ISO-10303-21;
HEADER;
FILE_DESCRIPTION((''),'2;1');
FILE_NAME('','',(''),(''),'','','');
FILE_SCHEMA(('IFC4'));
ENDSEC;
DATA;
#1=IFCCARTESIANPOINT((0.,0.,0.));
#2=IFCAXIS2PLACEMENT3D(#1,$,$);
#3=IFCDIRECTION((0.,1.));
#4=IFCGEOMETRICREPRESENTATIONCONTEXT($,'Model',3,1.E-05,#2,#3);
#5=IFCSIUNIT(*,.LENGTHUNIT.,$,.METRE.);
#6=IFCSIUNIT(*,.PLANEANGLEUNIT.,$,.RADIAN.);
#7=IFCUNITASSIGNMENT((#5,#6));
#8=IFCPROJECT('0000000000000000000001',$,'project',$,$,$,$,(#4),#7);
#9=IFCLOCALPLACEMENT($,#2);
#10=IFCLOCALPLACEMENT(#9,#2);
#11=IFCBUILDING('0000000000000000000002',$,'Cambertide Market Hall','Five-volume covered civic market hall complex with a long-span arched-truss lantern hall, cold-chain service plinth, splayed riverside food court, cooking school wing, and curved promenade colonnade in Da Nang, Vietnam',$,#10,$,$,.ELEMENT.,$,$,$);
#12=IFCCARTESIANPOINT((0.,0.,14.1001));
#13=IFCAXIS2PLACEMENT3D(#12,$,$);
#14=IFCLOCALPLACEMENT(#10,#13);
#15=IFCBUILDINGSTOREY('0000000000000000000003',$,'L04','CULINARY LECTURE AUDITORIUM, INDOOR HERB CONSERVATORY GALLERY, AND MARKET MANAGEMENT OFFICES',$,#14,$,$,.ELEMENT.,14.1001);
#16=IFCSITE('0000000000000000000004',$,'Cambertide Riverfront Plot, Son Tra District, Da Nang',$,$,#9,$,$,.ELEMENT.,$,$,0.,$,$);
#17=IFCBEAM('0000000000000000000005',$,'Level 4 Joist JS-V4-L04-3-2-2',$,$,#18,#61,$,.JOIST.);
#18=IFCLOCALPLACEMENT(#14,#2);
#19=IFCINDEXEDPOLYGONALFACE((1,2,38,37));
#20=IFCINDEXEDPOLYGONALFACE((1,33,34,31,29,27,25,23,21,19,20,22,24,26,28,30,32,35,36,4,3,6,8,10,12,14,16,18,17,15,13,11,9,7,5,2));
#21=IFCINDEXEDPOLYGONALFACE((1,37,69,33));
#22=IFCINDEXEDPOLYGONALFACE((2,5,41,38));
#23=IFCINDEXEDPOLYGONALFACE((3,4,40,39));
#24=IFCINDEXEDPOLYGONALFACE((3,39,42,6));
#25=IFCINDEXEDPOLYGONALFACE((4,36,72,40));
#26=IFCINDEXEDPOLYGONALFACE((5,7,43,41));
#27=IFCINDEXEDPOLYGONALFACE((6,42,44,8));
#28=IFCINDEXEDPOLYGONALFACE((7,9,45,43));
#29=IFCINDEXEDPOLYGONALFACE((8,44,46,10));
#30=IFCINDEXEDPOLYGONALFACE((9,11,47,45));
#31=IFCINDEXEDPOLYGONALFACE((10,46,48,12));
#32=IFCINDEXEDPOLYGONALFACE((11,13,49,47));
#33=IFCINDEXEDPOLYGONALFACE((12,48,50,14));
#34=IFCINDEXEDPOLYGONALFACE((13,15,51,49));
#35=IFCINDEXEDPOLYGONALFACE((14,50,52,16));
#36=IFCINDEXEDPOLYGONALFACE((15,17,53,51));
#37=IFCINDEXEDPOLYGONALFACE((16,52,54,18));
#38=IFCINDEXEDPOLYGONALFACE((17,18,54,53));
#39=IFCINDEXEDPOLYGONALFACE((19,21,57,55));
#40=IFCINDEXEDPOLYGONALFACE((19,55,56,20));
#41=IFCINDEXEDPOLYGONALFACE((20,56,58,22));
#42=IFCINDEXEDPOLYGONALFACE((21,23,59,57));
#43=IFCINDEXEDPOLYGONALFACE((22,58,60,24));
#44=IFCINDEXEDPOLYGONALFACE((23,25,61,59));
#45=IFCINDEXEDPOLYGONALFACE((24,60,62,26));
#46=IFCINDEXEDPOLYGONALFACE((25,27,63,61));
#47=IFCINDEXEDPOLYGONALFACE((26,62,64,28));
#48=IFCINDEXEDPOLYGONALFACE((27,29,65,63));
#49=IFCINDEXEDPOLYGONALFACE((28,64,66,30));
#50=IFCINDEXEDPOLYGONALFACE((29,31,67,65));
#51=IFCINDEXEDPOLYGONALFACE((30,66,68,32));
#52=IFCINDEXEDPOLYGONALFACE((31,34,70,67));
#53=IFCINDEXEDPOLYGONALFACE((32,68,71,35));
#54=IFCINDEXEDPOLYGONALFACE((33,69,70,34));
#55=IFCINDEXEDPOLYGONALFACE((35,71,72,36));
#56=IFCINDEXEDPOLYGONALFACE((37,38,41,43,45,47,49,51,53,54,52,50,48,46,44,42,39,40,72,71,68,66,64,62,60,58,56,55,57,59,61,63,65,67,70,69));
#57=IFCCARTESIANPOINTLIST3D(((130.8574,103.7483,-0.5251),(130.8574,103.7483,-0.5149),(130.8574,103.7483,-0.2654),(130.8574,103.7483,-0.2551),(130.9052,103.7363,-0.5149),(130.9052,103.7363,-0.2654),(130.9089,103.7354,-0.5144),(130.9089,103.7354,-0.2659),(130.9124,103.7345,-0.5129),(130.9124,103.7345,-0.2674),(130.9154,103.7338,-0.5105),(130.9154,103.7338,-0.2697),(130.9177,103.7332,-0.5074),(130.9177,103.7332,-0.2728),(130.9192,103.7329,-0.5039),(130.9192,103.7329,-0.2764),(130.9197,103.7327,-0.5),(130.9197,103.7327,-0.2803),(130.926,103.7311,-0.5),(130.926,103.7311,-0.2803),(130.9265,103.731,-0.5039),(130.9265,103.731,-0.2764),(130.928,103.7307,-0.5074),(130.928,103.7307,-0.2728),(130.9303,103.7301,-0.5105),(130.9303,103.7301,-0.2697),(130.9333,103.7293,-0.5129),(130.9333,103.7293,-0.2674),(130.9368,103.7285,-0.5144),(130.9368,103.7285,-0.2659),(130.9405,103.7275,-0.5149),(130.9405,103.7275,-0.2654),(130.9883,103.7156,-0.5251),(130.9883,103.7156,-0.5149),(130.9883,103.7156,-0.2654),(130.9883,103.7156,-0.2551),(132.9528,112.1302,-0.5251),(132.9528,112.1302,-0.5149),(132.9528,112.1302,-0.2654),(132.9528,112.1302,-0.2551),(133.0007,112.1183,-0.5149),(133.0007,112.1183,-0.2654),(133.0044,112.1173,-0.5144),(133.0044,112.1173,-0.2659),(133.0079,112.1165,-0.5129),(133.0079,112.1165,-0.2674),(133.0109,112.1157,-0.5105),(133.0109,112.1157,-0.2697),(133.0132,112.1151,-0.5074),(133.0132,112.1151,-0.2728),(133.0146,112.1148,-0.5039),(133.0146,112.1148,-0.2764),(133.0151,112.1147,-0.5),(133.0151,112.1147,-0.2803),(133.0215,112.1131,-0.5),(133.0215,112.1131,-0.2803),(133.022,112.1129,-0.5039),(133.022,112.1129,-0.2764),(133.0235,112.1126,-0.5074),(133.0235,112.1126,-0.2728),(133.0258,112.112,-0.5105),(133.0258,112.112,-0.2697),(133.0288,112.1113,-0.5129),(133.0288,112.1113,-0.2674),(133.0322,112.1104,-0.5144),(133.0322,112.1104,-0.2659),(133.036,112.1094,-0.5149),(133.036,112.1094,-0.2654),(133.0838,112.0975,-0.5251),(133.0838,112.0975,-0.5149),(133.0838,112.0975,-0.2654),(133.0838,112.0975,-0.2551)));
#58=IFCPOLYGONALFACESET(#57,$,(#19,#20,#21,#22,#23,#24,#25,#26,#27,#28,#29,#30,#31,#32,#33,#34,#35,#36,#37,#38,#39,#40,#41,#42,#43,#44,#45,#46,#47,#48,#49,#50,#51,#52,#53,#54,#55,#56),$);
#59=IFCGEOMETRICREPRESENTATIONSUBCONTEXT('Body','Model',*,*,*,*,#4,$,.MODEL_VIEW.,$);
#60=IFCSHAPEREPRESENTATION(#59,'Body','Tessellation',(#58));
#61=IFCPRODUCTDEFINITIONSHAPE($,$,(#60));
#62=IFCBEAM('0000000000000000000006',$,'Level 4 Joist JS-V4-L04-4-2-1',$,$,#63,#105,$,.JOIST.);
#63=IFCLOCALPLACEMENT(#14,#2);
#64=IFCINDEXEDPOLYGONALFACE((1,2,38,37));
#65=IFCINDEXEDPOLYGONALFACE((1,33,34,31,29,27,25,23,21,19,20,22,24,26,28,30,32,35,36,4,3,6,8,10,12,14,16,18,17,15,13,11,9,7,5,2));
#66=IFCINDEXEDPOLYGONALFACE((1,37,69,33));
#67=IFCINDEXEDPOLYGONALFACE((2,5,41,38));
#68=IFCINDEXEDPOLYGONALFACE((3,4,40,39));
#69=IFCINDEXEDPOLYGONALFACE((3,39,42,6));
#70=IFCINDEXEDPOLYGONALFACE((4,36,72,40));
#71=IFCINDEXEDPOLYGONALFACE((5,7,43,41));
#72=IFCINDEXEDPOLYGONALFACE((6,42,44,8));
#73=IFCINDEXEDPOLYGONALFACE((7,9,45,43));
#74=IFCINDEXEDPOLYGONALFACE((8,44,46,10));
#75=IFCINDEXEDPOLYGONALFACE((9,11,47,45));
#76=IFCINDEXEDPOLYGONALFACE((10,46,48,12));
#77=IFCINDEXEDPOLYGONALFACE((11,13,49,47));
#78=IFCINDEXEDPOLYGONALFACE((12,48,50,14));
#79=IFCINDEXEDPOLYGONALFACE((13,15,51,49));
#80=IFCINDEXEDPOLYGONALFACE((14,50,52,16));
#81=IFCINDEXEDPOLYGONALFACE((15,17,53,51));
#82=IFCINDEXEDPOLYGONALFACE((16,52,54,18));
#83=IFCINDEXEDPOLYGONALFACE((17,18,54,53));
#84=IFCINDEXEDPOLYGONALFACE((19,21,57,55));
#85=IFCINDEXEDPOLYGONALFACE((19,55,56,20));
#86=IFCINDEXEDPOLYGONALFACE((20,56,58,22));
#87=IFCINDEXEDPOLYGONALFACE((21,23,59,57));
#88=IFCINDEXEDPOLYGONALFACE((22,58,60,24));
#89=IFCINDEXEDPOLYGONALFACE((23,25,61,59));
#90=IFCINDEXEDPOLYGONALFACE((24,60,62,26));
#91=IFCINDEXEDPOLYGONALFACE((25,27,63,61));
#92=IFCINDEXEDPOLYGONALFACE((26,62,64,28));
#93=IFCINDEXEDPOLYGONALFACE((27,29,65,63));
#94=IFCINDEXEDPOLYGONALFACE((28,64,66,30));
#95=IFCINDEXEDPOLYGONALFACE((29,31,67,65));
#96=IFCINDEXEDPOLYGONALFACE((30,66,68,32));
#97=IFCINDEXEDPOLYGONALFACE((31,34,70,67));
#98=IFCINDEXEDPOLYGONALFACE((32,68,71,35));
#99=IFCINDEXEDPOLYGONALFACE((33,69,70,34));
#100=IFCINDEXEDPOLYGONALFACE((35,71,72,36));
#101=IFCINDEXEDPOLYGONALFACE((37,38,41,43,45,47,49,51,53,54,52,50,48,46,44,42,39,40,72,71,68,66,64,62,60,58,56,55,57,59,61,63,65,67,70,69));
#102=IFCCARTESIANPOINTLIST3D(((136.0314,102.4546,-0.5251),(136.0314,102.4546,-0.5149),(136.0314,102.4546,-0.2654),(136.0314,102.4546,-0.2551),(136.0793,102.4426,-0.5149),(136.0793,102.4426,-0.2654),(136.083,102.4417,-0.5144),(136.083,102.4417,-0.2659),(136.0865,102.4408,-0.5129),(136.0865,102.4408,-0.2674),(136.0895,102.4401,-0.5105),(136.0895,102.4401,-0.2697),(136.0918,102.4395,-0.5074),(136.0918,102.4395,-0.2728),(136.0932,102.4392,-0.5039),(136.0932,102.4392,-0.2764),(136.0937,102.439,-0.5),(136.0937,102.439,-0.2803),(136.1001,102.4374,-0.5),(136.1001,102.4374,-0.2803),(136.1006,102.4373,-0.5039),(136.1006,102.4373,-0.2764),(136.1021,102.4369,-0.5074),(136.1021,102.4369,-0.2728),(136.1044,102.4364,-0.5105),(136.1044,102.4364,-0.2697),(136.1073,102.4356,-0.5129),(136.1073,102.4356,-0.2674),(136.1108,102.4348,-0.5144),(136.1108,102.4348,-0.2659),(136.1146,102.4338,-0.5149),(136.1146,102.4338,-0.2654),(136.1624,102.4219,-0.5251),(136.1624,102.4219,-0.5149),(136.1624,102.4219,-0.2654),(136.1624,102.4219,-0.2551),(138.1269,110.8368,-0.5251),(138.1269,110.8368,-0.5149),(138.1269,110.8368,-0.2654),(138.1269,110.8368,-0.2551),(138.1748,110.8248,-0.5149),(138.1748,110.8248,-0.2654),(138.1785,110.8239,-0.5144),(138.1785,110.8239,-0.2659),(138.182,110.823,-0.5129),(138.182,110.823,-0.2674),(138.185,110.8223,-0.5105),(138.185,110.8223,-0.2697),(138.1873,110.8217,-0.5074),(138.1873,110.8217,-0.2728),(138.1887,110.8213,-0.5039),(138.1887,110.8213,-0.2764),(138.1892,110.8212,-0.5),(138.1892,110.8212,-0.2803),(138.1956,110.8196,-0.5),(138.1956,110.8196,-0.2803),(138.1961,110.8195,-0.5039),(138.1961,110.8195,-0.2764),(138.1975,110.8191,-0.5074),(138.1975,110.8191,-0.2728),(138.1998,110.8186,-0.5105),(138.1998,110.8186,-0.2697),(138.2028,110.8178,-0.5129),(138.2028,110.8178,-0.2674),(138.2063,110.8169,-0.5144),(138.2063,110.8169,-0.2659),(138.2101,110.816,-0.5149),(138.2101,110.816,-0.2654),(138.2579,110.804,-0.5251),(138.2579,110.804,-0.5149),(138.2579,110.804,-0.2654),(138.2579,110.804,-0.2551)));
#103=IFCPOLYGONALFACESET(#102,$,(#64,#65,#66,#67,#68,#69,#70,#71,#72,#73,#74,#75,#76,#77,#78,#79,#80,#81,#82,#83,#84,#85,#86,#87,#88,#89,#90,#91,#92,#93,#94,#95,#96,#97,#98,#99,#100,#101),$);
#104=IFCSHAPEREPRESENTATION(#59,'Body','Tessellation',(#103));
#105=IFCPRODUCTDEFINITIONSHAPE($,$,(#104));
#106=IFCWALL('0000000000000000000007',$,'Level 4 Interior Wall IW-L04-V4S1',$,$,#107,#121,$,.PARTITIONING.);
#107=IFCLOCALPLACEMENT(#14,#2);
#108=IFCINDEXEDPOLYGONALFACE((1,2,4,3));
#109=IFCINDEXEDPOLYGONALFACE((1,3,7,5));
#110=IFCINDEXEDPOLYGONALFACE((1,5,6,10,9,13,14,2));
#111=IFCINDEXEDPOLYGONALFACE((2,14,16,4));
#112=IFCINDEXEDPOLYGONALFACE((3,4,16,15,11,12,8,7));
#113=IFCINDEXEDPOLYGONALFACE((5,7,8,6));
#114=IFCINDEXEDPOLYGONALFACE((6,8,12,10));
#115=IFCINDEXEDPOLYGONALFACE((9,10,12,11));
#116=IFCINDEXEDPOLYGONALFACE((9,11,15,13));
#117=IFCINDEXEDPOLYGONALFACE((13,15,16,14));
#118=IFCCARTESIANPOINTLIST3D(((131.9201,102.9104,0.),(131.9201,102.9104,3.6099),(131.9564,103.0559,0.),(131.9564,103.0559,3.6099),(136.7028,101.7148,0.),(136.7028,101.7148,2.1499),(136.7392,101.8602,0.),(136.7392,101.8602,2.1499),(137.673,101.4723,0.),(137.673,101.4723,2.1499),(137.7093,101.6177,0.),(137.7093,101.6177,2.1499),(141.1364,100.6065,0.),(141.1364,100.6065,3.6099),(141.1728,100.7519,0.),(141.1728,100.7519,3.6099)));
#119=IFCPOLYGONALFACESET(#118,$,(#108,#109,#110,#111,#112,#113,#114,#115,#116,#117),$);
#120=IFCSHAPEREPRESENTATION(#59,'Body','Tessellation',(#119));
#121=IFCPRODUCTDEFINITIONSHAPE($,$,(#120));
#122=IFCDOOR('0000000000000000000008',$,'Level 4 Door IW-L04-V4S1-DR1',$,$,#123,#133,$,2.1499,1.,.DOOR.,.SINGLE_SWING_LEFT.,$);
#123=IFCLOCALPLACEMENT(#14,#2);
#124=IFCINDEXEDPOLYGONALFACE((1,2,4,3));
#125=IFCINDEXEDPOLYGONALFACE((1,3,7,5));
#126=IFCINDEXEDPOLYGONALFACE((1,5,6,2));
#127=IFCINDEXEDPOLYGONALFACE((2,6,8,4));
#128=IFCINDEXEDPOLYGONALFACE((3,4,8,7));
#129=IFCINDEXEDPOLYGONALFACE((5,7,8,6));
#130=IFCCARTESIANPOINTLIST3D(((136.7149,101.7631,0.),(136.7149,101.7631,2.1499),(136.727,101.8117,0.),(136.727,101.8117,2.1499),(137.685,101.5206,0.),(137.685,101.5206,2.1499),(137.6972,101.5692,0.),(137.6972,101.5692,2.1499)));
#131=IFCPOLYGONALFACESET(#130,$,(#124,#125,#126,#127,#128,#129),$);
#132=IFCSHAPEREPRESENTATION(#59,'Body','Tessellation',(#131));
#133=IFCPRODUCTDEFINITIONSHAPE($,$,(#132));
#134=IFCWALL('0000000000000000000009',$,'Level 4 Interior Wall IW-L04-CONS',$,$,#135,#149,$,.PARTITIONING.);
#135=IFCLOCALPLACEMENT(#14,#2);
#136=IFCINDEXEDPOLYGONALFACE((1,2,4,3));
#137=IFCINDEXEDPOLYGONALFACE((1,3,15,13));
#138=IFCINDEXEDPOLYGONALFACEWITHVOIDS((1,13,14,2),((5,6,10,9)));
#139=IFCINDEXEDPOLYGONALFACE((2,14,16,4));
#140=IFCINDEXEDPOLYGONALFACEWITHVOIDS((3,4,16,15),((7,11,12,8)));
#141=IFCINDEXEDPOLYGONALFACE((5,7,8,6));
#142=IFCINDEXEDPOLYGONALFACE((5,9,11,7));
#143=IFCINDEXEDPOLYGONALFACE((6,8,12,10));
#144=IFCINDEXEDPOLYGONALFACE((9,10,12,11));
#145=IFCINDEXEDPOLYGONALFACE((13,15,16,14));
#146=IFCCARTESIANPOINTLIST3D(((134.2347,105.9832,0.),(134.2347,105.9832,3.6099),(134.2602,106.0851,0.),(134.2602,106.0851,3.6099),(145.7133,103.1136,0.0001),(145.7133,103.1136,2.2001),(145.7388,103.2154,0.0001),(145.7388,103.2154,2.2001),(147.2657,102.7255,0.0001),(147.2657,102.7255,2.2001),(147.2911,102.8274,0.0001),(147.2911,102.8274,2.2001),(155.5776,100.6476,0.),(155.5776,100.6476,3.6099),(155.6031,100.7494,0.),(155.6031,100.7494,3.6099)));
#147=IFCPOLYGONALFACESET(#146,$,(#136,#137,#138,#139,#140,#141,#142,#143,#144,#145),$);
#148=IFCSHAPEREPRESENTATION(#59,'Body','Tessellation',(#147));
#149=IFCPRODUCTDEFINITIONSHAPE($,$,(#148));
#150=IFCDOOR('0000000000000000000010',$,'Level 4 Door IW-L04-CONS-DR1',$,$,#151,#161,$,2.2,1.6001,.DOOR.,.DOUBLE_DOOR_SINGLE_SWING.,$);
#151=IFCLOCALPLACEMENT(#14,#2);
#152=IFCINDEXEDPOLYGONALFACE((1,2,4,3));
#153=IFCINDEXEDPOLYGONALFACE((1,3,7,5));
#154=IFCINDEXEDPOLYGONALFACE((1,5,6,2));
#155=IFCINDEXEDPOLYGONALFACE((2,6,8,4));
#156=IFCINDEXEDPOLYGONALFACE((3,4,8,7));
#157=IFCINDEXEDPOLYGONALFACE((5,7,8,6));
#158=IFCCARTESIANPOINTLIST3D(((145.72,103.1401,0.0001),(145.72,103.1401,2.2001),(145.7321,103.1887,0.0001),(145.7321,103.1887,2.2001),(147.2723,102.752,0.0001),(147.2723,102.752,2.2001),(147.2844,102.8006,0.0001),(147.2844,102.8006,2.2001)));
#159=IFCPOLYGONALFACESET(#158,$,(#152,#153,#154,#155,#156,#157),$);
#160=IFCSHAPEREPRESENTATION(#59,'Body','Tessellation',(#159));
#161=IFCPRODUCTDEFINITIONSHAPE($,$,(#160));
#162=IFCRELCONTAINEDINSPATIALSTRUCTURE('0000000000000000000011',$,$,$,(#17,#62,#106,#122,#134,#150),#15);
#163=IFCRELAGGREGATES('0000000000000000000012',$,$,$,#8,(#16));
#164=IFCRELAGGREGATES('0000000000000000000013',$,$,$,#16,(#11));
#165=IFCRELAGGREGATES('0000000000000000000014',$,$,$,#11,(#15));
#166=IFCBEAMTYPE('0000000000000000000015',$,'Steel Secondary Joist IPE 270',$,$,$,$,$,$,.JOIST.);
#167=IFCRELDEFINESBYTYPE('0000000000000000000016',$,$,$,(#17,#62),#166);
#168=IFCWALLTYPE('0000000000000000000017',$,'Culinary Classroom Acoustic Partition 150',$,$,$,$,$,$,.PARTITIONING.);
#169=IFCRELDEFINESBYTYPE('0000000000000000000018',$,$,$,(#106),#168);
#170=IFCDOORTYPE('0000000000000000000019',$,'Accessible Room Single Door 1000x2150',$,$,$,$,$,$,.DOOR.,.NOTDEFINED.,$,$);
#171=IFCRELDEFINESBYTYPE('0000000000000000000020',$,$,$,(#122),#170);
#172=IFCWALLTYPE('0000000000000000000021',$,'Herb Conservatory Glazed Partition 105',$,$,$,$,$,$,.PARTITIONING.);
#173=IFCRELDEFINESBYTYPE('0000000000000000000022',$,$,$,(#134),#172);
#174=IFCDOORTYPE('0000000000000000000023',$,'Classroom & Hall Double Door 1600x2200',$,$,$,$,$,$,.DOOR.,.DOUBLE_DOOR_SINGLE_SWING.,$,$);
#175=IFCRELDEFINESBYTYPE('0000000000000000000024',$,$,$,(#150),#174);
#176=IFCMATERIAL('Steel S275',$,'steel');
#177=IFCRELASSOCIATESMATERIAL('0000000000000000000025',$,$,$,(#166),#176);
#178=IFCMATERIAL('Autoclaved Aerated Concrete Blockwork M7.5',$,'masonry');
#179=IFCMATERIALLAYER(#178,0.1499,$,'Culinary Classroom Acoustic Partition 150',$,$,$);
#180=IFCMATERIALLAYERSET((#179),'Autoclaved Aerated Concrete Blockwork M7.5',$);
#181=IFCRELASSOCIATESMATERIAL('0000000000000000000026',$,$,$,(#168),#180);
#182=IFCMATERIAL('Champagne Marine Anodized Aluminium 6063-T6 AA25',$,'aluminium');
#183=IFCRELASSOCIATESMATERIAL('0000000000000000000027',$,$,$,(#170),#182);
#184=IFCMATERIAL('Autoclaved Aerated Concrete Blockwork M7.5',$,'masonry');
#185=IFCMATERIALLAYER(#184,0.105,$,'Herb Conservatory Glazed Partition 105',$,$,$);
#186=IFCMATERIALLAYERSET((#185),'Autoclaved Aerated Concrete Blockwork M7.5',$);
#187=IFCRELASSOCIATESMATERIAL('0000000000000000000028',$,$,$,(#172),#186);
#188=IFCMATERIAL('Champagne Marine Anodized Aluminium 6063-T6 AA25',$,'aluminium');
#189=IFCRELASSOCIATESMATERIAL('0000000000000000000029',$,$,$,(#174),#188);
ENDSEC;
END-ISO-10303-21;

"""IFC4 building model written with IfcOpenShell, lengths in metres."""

from ifc_helpers import new_model, si_unit, direction, frame, frame_2d, origin, origin_2d, place, context, subcontext, project, spatial, rectangle, i_section, extrude, material, layer, layer_set, material_profile, profile_set, type_object, element, fill, save


model = new_model("IFC4")

# Units and contexts
model_context = context("Model", 3, precision=1e-05, world=origin(), true_north=direction((0.0, 1.0)))
body_context = subcontext(model_context, "Body", "Model", "MODEL_VIEW")
ifc_project = project(units=[si_unit("LENGTHUNIT", "METRE"), si_unit("PLANEANGLEUNIT", "RADIAN")], contexts=[model_context])

# Site, building, storey
site_placement = place(None, origin())
site = spatial("IfcSite", under=ifc_project, at=site_placement, Name="Cambertide Riverfront Plot, Son Tra District, Da Nang", CompositionType="ELEMENT", RefElevation=0.0)
building_placement = place(site_placement, origin())
building = spatial("IfcBuilding", under=site, at=building_placement, Name="Cambertide Market Hall", Description="Five-volume covered civic market hall complex with a long-span arched-truss lantern hall, cold-chain service plinth, splayed riverside food court, cooking school wing, and curved promenade colonnade in Da Nang, Vietnam", CompositionType="ELEMENT")
storey_placement = place(building_placement, frame((0.0, 0.0, 14.1001)))
storey = spatial("IfcBuildingStorey", under=building, at=storey_placement, Name="L04", Description="CULINARY LECTURE AUDITORIUM, INDOOR HERB CONSERVATORY GALLERY, AND MARKET MANAGEMENT OFFICES", CompositionType="ELEMENT", Elevation=14.1001)

# Beams
ifc_material_1 = material(Name="Steel S275", Category="steel")
ifc_material_profile_1 = material_profile(ifc_material_1, i_section(OverallWidth=0.135, OverallDepth=0.27, WebThickness=0.0066, FlangeThickness=0.0103, FilletRadius=0.0149, at=origin_2d()), Name="IPE 270")
ifc_profile_set_1 = profile_set([ifc_material_profile_1], Name="Steel S275")
beam_type_1 = type_object("IfcBeamType", Name="Steel Secondary Joist IPE 270", PredefinedType="JOIST", material=ifc_profile_set_1)
for number, where, z_axis, x_axis, name in (
    (1, (130.9229, 103.7319, -0.3901), (0.242536, 0.970143, 0.0), (-0.970143, 0.242536, 0.0), "Level 4 Joist JS-V4-L04-3-2-2"),
):
    element("IfcBeam", number, at=place(storey_placement, frame(where, z_axis=z_axis, x_axis=x_axis)), inside=storey, type_object=beam_type_1, Name=name, PredefinedType="JOIST", context=body_context, shape_type="SweptSolid", body=[
        extrude(i_section(OverallWidth=0.135, OverallDepth=0.27, WebThickness=0.0066, FlangeThickness=0.0103, FilletRadius=0.0149, at=origin_2d()), origin(), (0.0, 0.0, 1.0), 8.6399),
    ])
beam_1_placement = place(storey_placement, frame((136.0969, 102.4382, -0.3901), z_axis=(0.242529, 0.970144, 0.0), x_axis=(-0.970144, 0.242529, 0.0)))
element("IfcBeam", 2, at=beam_1_placement, inside=storey, type_object=beam_type_1, Name="Level 4 Joist JS-V4-L04-4-2-1", PredefinedType="JOIST", context=body_context, shape_type="SweptSolid", body=[
    extrude(i_section(OverallWidth=0.135, OverallDepth=0.27, WebThickness=0.0066, FlangeThickness=0.0103, FilletRadius=0.0149, at=origin_2d()), origin(), (0.0, 0.0, 1.0), 8.6401),
])

# Walls, openings, doors
ifc_material_2 = material(Name="Autoclaved Aerated Concrete Blockwork M7.5", Category="masonry")
ifc_layer_1 = layer(ifc_material_2, 0.1499, Name="Culinary Classroom Acoustic Partition 150")
ifc_layer_set_1 = layer_set([ifc_layer_1], Name="Autoclaved Aerated Concrete Blockwork M7.5")
wall_type_1 = type_object("IfcWallType", Name="Culinary Classroom Acoustic Partition 150", PredefinedType="PARTITIONING", material=ifc_layer_set_1)
wall_1_placement = place(storey_placement, frame((131.9382, 102.9832, 0.0), z_axis=(0.0, 0.0, 1.0), x_axis=(0.970146, -0.242524, 0.0)))
wall_1 = element("IfcWall", 3, at=wall_1_placement, inside=storey, type_object=wall_type_1, Name="Level 4 Interior Wall IW-L04-V4S1", PredefinedType="PARTITIONING", context=body_context, shape_type="SweptSolid", body=[
    extrude(rectangle(XDim=9.5, YDim=0.1499, at=frame_2d((4.75, 0.0))), origin(), (0.0, 0.0, 1.0), 3.6099),
])
opening_1_placement = place(wall_1_placement, frame((4.9299, 0.0, 0.0)))
opening_1 = element("IfcOpeningElement", 4, at=opening_1_placement, cuts=wall_1, PredefinedType="OPENING", context=body_context, shape_type="SweptSolid", body=[
    extrude(rectangle(XDim=1.0, YDim=2.1499, at=frame_2d((0.5, 1.075))), frame((0.0, 0.085, 0.0), z_axis=(0.0, -1.0, 0.0), x_axis=(1.0, 0.0, 0.0)), (0.0, 0.0, 1.0), 0.1699),
])
ifc_material_3 = material(Name="Champagne Marine Anodized Aluminium 6063-T6 AA25", Category="aluminium")
door_type_1 = type_object("IfcDoorType", Name="Accessible Room Single Door 1000x2150", OperationType="NOTDEFINED", PredefinedType="DOOR", material=ifc_material_3)
door_1_placement = place(opening_1_placement, origin())
door_1 = element("IfcDoor", 5, at=door_1_placement, inside=storey, type_object=door_type_1, Name="Level 4 Door IW-L04-V4S1-DR1", OperationType="SINGLE_SWING_LEFT", OverallHeight=2.1499, OverallWidth=1.0, PredefinedType="DOOR", context=body_context, shape_type="SweptSolid", body=[
    extrude(rectangle(XDim=1.0, YDim=2.1499, at=frame_2d((0.5, 1.075))), frame((0.0, 0.0249, 0.0), z_axis=(0.0, -1.0, 0.0), x_axis=(1.0, 0.0, 0.0)), (0.0, 0.0, 1.0), 0.05),
])
fill(opening_1, door_1)
ifc_material_4 = material(Name="Autoclaved Aerated Concrete Blockwork M7.5", Category="masonry")
ifc_layer_2 = layer(ifc_material_4, 0.105, Name="Herb Conservatory Glazed Partition 105")
ifc_layer_set_2 = layer_set([ifc_layer_2], Name="Autoclaved Aerated Concrete Blockwork M7.5")
wall_type_2 = type_object("IfcWallType", Name="Herb Conservatory Glazed Partition 105", PredefinedType="PARTITIONING", material=ifc_layer_set_2)
wall_2_placement = place(storey_placement, frame((134.2473, 106.0342, 0.0), z_axis=(0.0, 0.0, 1.0), x_axis=(0.970143, -0.242533, 0.0)))
wall_2 = element("IfcWall", 6, at=wall_2_placement, inside=storey, type_object=wall_type_2, Name="Level 4 Interior Wall IW-L04-CONS", PredefinedType="PARTITIONING", context=body_context, shape_type="SweptSolid", body=[
    extrude(rectangle(XDim=21.9998, YDim=0.105, at=frame_2d((11.0, 0.0))), origin(), (0.0, 0.0, 1.0), 3.6099),
])
opening_2_placement = place(wall_2_placement, frame((11.832, 0.0, 0.0)))
opening_2 = element("IfcOpeningElement", 7, at=opening_2_placement, cuts=wall_2, PredefinedType="OPENING", context=body_context, shape_type="SweptSolid", body=[
    extrude(rectangle(XDim=1.6001, YDim=2.2, at=frame_2d((0.8, 1.1001))), frame((0.0, 0.0625, 0.0), z_axis=(0.0, -1.0, 0.0), x_axis=(1.0, 0.0, 0.0)), (0.0, 0.0, 1.0), 0.125),
])
ifc_material_5 = material(Name="Champagne Marine Anodized Aluminium 6063-T6 AA25", Category="aluminium")
door_type_2 = type_object("IfcDoorType", Name="Classroom & Hall Double Door 1600x2200", OperationType="DOUBLE_DOOR_SINGLE_SWING", PredefinedType="DOOR", material=ifc_material_5)
door_2_placement = place(opening_2_placement, origin())
door_2 = element("IfcDoor", 8, at=door_2_placement, inside=storey, type_object=door_type_2, Name="Level 4 Door IW-L04-CONS-DR1", OperationType="DOUBLE_DOOR_SINGLE_SWING", OverallHeight=2.2, OverallWidth=1.6001, PredefinedType="DOOR", context=body_context, shape_type="SweptSolid", body=[
    extrude(rectangle(XDim=1.6001, YDim=2.2, at=frame_2d((0.8, 1.1001))), frame((0.0, 0.0249, 0.0), z_axis=(0.0, -1.0, 0.0), x_axis=(1.0, 0.0, 0.0)), (0.0, 0.0, 1.0), 0.05),
])
fill(opening_2, door_2)

save(model, "model.ifc")
